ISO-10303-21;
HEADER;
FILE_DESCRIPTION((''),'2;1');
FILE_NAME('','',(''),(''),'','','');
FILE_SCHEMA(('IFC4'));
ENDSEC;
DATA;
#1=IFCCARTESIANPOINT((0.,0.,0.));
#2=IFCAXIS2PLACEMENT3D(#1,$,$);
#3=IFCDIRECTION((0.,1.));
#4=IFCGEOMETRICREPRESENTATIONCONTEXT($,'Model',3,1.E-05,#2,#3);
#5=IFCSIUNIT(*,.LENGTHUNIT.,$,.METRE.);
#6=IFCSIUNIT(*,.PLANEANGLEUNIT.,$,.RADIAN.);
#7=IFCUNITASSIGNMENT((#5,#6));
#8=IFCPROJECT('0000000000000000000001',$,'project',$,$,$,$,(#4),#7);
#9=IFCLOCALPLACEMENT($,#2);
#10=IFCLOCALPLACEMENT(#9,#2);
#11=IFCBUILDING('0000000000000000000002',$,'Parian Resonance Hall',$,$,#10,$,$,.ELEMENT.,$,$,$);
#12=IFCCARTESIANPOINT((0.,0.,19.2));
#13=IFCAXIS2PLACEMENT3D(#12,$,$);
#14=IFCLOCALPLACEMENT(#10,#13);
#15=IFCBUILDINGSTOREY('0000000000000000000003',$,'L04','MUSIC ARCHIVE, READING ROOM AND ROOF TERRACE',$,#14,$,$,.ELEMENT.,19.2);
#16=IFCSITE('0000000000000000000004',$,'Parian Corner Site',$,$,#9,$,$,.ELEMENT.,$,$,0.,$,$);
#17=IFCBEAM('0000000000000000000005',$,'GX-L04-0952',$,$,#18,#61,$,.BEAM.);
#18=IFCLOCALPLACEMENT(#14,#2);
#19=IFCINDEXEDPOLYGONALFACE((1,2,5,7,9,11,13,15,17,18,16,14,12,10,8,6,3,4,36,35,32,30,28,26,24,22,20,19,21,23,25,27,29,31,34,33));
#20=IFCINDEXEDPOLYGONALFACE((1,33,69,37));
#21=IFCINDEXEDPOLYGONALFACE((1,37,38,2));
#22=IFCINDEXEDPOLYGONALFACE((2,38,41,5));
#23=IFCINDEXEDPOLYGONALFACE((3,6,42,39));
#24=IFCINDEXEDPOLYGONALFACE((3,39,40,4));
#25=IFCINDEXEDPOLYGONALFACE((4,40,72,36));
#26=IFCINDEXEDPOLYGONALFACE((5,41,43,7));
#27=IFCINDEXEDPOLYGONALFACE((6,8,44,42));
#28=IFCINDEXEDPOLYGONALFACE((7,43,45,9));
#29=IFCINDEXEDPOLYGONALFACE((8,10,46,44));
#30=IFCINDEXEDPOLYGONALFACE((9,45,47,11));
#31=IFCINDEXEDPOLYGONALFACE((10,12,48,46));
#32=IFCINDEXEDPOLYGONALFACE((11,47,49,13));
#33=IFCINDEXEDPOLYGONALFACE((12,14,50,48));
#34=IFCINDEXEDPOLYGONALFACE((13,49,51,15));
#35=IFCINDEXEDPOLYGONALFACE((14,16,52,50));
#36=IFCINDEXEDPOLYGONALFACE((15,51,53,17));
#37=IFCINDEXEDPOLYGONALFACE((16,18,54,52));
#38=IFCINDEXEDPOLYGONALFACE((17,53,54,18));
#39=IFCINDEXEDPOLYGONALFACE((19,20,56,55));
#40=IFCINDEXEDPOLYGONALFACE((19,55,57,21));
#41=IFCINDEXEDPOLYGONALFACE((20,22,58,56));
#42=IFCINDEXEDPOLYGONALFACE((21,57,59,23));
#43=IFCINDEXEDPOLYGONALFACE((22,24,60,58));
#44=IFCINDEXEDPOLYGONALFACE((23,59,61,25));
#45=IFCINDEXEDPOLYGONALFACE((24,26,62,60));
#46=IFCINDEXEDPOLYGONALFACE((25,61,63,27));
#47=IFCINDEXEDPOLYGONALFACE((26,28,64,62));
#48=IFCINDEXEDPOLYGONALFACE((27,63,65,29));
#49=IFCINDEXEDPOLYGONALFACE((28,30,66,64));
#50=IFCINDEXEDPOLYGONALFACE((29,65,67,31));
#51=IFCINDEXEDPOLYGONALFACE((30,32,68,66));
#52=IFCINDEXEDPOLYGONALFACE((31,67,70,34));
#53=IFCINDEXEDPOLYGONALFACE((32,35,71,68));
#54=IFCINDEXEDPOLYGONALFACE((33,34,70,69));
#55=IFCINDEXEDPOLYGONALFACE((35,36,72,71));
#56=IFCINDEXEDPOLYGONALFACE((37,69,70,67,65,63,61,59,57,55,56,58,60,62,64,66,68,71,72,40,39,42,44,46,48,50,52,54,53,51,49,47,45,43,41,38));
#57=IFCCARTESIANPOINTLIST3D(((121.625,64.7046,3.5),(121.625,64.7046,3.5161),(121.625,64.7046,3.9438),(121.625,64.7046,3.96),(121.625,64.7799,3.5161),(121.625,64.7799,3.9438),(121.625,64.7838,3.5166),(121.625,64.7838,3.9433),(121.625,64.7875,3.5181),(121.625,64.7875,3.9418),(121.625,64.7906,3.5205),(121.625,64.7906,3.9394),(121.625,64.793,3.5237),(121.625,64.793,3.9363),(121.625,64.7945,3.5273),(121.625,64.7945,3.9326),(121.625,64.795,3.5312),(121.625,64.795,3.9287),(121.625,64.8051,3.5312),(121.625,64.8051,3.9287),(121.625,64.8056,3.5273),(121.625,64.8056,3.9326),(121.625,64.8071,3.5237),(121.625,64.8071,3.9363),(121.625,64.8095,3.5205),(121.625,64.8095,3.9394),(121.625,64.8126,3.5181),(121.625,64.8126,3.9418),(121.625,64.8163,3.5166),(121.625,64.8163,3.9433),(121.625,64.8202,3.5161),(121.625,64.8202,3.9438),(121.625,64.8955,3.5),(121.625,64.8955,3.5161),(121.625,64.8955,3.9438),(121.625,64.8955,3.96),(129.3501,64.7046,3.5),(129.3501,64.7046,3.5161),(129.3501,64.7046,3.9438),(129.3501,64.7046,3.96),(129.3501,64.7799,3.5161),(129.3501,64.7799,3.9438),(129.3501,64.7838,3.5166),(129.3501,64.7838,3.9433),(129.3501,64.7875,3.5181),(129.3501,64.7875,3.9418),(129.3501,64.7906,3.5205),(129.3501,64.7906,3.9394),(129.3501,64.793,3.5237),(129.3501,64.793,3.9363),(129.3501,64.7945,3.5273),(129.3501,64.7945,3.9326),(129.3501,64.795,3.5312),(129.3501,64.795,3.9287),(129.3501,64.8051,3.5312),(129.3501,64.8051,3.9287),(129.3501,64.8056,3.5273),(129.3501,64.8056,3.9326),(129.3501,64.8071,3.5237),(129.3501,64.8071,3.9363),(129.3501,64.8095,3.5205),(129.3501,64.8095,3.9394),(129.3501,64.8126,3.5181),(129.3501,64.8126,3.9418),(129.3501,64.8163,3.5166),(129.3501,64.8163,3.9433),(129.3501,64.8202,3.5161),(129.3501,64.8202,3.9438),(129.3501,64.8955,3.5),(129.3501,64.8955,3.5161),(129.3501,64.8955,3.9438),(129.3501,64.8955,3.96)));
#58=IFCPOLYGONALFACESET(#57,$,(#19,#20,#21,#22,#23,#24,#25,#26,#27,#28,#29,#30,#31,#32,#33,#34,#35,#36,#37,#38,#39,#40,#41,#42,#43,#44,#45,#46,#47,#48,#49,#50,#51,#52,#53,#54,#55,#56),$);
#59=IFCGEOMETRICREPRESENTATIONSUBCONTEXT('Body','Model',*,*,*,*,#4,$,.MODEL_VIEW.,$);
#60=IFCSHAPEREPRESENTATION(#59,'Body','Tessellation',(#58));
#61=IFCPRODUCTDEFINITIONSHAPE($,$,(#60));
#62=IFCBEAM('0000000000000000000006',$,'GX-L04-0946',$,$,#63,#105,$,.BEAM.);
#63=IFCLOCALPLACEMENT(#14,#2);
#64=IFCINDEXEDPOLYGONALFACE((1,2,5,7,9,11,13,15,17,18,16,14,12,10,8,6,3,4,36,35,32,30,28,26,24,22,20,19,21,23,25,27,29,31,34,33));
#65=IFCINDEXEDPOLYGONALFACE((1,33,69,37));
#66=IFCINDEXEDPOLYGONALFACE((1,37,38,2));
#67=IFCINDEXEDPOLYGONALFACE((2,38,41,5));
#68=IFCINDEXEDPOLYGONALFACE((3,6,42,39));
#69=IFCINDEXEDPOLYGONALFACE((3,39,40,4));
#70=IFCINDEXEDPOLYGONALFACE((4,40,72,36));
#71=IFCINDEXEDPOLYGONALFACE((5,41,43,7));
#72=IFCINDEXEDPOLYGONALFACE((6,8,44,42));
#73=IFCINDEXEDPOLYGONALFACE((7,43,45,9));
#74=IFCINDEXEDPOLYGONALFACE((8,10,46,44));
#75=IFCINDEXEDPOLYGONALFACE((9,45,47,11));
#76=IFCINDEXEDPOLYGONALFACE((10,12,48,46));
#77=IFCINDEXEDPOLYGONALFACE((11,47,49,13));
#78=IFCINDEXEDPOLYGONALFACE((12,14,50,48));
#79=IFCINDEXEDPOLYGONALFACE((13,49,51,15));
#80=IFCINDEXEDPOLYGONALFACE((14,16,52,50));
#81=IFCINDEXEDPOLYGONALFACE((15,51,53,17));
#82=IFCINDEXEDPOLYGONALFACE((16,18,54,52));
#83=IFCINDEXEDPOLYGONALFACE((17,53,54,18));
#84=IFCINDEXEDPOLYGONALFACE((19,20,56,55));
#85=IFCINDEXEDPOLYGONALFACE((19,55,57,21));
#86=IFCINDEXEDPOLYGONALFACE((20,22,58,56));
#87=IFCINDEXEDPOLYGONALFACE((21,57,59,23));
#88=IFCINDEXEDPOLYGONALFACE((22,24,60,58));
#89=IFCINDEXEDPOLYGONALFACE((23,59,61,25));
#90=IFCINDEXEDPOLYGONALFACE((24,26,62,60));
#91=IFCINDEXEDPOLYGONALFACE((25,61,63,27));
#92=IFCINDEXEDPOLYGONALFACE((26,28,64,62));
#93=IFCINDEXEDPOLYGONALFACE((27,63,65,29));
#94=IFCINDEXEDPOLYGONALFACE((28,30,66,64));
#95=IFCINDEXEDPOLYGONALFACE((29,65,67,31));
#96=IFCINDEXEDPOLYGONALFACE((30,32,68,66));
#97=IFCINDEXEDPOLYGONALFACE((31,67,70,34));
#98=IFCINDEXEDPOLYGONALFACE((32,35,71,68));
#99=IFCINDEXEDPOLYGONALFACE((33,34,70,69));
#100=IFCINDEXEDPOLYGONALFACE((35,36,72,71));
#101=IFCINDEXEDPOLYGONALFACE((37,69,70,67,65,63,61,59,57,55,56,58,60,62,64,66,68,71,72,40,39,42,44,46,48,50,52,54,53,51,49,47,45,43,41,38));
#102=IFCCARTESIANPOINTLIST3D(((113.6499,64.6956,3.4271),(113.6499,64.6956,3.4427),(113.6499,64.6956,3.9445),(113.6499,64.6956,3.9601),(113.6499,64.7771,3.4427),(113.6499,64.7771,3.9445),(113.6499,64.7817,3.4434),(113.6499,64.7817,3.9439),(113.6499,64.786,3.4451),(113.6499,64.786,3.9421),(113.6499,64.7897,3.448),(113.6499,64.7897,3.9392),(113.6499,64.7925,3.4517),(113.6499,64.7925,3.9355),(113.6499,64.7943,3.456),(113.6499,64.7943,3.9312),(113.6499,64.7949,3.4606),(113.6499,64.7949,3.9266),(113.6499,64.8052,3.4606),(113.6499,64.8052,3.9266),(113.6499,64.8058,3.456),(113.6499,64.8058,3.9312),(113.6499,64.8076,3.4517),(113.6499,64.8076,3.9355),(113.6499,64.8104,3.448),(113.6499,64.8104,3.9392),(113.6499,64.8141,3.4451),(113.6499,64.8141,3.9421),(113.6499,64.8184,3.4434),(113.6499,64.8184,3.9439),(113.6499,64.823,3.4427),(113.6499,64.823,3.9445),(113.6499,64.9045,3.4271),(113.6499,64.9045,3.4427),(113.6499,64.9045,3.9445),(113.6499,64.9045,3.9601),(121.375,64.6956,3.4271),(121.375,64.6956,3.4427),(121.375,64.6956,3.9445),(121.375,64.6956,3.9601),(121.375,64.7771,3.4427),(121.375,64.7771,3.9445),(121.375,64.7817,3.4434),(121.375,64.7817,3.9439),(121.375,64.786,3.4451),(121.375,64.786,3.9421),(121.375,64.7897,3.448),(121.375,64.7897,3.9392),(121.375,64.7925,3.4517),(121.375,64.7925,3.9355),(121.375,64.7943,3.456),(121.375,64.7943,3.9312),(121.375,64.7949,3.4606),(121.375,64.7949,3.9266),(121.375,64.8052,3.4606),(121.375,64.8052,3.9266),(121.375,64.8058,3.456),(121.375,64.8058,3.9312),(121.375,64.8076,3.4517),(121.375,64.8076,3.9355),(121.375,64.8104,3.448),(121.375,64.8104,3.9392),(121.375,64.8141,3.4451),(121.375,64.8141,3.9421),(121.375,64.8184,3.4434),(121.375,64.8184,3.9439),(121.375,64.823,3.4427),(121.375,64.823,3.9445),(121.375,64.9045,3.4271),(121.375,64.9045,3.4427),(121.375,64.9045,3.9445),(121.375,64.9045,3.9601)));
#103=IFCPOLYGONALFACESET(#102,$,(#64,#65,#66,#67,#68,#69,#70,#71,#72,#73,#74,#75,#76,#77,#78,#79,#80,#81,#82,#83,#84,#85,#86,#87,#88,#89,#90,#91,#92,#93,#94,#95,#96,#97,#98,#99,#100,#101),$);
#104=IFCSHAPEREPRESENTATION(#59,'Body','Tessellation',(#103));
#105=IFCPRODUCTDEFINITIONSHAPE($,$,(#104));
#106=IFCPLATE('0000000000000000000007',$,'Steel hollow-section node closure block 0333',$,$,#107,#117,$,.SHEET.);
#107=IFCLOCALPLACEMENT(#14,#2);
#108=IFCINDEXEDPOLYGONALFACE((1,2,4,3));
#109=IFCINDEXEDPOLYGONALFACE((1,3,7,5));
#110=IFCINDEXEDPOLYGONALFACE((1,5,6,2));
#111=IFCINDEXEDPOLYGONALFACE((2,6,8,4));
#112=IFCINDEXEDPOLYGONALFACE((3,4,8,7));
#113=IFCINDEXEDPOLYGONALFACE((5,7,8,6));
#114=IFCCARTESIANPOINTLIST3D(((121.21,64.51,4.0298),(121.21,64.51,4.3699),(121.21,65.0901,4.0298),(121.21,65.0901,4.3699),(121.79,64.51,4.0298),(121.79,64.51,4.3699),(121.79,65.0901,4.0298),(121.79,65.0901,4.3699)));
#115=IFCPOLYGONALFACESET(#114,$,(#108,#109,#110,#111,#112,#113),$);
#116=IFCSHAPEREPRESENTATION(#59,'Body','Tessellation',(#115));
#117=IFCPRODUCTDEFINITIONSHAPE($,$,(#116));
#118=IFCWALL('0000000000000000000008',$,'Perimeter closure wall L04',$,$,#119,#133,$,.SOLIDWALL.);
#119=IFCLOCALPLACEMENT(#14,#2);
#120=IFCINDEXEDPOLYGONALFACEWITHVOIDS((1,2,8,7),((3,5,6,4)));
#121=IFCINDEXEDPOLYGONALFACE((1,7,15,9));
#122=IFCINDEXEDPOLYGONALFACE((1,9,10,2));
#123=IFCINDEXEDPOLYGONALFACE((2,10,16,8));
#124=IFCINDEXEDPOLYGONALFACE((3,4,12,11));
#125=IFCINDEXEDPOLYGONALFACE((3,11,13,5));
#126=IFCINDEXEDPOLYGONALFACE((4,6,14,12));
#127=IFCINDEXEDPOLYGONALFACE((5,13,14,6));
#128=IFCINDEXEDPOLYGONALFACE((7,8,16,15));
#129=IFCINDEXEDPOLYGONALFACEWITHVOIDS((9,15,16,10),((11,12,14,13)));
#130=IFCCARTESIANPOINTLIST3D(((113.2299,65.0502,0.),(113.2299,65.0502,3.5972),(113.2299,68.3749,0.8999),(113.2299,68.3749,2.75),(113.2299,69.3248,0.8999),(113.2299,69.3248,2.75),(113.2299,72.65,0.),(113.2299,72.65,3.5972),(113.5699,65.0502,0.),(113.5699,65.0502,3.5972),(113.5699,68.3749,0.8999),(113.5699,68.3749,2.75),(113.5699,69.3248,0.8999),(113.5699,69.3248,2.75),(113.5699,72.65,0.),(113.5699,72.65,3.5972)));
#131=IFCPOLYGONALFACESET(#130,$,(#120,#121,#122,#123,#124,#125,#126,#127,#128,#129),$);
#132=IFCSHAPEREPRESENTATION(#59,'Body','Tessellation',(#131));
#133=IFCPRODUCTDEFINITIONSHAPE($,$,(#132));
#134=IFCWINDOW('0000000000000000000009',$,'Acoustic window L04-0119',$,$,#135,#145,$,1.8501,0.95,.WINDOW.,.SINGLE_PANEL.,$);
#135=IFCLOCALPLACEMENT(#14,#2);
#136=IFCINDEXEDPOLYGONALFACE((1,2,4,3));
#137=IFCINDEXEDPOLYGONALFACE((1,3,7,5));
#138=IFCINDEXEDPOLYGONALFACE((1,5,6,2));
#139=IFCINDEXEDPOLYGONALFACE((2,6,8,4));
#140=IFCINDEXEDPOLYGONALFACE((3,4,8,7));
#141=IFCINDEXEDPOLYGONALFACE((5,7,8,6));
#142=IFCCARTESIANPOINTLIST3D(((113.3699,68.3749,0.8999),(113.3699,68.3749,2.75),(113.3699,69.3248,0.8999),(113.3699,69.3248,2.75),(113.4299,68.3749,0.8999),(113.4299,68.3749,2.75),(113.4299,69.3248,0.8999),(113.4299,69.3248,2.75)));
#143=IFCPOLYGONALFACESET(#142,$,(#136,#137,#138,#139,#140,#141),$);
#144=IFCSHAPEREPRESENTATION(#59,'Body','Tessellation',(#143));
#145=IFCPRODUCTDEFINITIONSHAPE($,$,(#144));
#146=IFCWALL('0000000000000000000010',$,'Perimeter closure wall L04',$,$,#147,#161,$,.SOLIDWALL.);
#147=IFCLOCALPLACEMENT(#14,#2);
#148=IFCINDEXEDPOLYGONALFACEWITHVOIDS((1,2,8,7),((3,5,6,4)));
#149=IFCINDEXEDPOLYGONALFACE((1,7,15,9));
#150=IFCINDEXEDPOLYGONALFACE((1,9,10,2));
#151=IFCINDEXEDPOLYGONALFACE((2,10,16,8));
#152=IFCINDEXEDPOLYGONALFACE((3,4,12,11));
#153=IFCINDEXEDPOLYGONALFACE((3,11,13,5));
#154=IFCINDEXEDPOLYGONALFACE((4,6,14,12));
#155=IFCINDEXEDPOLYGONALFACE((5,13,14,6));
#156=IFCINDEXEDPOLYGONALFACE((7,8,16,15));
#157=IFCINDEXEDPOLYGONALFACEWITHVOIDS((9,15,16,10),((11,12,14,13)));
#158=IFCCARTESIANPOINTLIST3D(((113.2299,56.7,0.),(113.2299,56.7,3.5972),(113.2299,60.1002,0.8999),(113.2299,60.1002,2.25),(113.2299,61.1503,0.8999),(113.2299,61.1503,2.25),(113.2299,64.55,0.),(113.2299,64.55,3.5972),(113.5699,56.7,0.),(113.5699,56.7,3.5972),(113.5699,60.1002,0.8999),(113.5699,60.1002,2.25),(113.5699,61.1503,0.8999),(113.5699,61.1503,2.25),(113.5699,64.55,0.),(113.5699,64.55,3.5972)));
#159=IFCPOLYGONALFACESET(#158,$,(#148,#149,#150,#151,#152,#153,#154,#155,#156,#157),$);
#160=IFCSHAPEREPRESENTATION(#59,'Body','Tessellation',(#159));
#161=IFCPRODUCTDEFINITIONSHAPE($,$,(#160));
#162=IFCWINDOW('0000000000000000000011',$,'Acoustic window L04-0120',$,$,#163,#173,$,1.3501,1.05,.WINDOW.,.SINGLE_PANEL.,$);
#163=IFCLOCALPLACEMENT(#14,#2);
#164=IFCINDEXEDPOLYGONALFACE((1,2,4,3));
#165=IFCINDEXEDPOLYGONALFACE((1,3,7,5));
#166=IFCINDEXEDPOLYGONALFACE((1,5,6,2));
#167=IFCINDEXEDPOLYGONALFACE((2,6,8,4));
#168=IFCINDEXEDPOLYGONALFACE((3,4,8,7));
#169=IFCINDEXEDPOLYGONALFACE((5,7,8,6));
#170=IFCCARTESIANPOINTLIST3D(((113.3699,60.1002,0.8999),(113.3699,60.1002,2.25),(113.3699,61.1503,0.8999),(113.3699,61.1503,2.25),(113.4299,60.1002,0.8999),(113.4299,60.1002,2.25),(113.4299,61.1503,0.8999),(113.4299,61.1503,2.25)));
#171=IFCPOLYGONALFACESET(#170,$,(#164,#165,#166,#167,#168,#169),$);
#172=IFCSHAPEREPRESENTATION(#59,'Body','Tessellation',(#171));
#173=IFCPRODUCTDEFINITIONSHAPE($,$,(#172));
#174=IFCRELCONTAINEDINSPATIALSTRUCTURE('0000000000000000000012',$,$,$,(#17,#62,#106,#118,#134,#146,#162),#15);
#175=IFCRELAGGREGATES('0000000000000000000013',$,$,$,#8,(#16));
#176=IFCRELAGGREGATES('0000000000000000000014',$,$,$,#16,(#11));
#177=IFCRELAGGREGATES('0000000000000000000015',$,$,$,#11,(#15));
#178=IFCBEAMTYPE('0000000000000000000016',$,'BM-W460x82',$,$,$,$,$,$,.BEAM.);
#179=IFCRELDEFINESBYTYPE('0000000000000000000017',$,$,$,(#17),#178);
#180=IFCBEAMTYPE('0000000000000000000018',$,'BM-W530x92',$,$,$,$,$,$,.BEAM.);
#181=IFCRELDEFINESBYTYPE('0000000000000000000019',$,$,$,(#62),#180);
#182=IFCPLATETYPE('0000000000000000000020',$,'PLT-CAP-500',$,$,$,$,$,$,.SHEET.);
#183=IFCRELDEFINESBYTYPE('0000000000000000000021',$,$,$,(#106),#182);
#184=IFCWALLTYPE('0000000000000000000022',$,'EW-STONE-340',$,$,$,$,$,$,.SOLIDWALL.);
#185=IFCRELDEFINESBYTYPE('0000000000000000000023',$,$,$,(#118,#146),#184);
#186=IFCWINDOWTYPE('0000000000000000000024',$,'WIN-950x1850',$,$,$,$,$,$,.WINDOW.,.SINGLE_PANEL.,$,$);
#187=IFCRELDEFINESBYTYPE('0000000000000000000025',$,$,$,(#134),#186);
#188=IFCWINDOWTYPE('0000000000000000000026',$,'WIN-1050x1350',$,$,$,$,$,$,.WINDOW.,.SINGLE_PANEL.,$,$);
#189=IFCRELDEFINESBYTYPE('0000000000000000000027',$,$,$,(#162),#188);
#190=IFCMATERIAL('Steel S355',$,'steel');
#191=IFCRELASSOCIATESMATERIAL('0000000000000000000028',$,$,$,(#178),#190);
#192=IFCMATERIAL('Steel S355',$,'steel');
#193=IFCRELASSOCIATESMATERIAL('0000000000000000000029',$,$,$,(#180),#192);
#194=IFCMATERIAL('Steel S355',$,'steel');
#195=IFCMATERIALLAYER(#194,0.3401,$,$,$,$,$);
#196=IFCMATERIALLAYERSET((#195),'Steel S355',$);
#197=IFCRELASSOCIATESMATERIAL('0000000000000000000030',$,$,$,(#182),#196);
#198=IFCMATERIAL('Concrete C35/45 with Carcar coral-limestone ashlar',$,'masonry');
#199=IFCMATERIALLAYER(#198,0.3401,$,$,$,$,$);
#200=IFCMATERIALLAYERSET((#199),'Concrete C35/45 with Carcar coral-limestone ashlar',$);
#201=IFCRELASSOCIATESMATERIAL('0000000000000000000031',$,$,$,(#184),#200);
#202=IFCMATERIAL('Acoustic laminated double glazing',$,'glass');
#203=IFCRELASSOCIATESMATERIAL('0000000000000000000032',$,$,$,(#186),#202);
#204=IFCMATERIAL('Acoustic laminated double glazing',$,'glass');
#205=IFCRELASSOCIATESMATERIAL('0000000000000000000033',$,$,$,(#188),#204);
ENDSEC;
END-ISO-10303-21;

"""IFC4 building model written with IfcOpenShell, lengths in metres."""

from ifc_helpers import new_model, si_unit, direction, frame, frame_2d, origin, origin_2d, place, context, subcontext, project, spatial, rectangle, i_section, extrude, material, layer, layer_set, material_profile, profile_set, type_object, element, fill, save


model = new_model("IFC4")

# Units and contexts
model_context = context("Model", 3, precision=1e-05, world=origin(), true_north=direction((0.0, 1.0)))
body_context = subcontext(model_context, "Body", "Model", "MODEL_VIEW")
ifc_project = project(units=[si_unit("LENGTHUNIT", "METRE"), si_unit("PLANEANGLEUNIT", "RADIAN")], contexts=[model_context])

# Site, building, storey
site_placement = place(None, origin())
site = spatial("IfcSite", under=ifc_project, at=site_placement, Name="Parian Corner Site", CompositionType="ELEMENT", RefElevation=0.0)
building_placement = place(site_placement, origin())
building = spatial("IfcBuilding", under=site, at=building_placement, Name="Parian Resonance Hall", CompositionType="ELEMENT")
storey_placement = place(building_placement, frame((0.0, 0.0, 19.2)))
storey = spatial("IfcBuildingStorey", under=building, at=storey_placement, Name="L04", Description="MUSIC ARCHIVE, READING ROOM AND ROOF TERRACE", CompositionType="ELEMENT", Elevation=19.2)

# Beams
ifc_material_1 = material(Name="Steel S355", Category="steel")
ifc_material_profile_1 = material_profile(ifc_material_1, i_section(OverallWidth=0.1909, OverallDepth=0.46, WebThickness=0.01, FlangeThickness=0.0161, FilletRadius=0.0151, at=origin_2d()), Name="W460x82")
ifc_profile_set_1 = profile_set([ifc_material_profile_1], Name="Steel S355")
beam_type_1 = type_object("IfcBeamType", Name="BM-W460x82", PredefinedType="BEAM", material=ifc_profile_set_1)
beam_1_placement = place(storey_placement, frame((121.625, 64.8, 3.73), z_axis=(1.0, 0.0, 0.0), x_axis=(0.0, 1.0, 0.0)))
element("IfcBeam", 1, at=beam_1_placement, inside=storey, type_object=beam_type_1, Name="GX-L04-0952", PredefinedType="BEAM", context=body_context, shape_type="SweptSolid", body=[
    extrude(i_section(OverallWidth=0.1909, OverallDepth=0.46, WebThickness=0.01, FlangeThickness=0.0161, FilletRadius=0.0151, at=origin_2d()), origin(), (0.0, 0.0, 1.0), 7.7251),
])
ifc_material_2 = material(Name="Steel S355", Category="steel")
ifc_material_profile_2 = material_profile(ifc_material_2, i_section(OverallWidth=0.209, OverallDepth=0.533, WebThickness=0.0103, FlangeThickness=0.0156, FilletRadius=0.0178, at=origin_2d()), Name="W530x92")
ifc_profile_set_2 = profile_set([ifc_material_profile_2], Name="Steel S355")
beam_type_2 = type_object("IfcBeamType", Name="BM-W530x92", PredefinedType="BEAM", material=ifc_profile_set_2)
beam_2_placement = place(storey_placement, frame((113.6499, 64.8, 3.6936), z_axis=(1.0, 0.0, 0.0), x_axis=(0.0, 1.0, 0.0)))
element("IfcBeam", 2, at=beam_2_placement, inside=storey, type_object=beam_type_2, Name="GX-L04-0946", PredefinedType="BEAM", context=body_context, shape_type="SweptSolid", body=[
    extrude(i_section(OverallWidth=0.209, OverallDepth=0.533, WebThickness=0.0103, FlangeThickness=0.0156, FilletRadius=0.0178, at=origin_2d()), origin(), (0.0, 0.0, 1.0), 7.7251),
])

# Plate
ifc_material_3 = material(Name="Steel S355", Category="steel")
ifc_layer_1 = layer(ifc_material_3, 0.3401)
ifc_layer_set_1 = layer_set([ifc_layer_1], Name="Steel S355")
plate_type = type_object("IfcPlateType", Name="PLT-CAP-500", PredefinedType="SHEET", material=ifc_layer_set_1)
plate_placement = place(storey_placement, frame((121.5, 64.8, 4.0298), z_axis=(0.0, 0.0, 1.0), x_axis=(1.0, 0.0, 0.0)))
element("IfcPlate", 3, at=plate_placement, inside=storey, type_object=plate_type, Name="Steel hollow-section node closure block 0333", PredefinedType="SHEET", context=body_context, shape_type="SweptSolid", body=[
    extrude(rectangle(XDim=0.5801, YDim=0.5801, at=origin_2d()), origin(), (0.0, 0.0, 1.0), 0.3401),
])

# Walls, openings, windows
ifc_material_4 = material(Name="Concrete C35/45 with Carcar coral-limestone ashlar", Category="masonry")
ifc_layer_2 = layer(ifc_material_4, 0.3401)
ifc_layer_set_2 = layer_set([ifc_layer_2], Name="Concrete C35/45 with Carcar coral-limestone ashlar")
wall_type_1 = type_object("IfcWallType", Name="EW-STONE-340", PredefinedType="SOLIDWALL", material=ifc_layer_set_2)
wall_1_placement = place(storey_placement, frame((113.3999, 72.6499, 0.0), z_axis=(0.0, 0.0, 1.0), x_axis=(0.0, -1.0, 0.0)))
wall_1 = element("IfcWall", 4, at=wall_1_placement, inside=storey, type_object=wall_type_1, Name="Perimeter closure wall L04", PredefinedType="SOLIDWALL", context=body_context, shape_type="SweptSolid", body=[
    extrude(rectangle(XDim=7.5999, YDim=0.3401, at=frame_2d((3.7998, 0.0))), origin(), (0.0, 0.0, 1.0), 3.5972),
])
opening_1_placement = place(wall_1_placement, frame((3.325, 0.0, 0.8999)))
opening_1 = element("IfcOpeningElement", 5, at=opening_1_placement, cuts=wall_1, PredefinedType="OPENING", context=body_context, shape_type="SweptSolid", body=[
    extrude(rectangle(XDim=0.95, YDim=1.8501, at=frame_2d((0.4751, 0.925))), frame((0.0, 0.1799, 0.0), z_axis=(0.0, -1.0, 0.0), x_axis=(1.0, 0.0, 0.0)), (0.0, 0.0, 1.0), 0.3601),
])
ifc_material_5 = material(Name="Acoustic laminated double glazing", Category="glass")
window_type_1 = type_object("IfcWindowType", Name="WIN-950x1850", PartitioningType="SINGLE_PANEL", PredefinedType="WINDOW", material=ifc_material_5)
window_1_placement = place(opening_1_placement, origin())
window_1 = element("IfcWindow", 6, at=window_1_placement, inside=storey, type_object=window_type_1, Name="Acoustic window L04-0119", OverallHeight=1.8501, OverallWidth=0.95, PartitioningType="SINGLE_PANEL", PredefinedType="WINDOW", context=body_context, shape_type="SweptSolid", body=[
    extrude(rectangle(XDim=0.95, YDim=1.8501, at=frame_2d((0.4751, 0.925))), frame((0.0, 0.03, 0.0), z_axis=(0.0, -1.0, 0.0), x_axis=(1.0, 0.0, 0.0)), (0.0, 0.0, 1.0), 0.0601),
])
fill(opening_1, window_1)
wall_2_placement = place(storey_placement, frame((113.3999, 64.55, 0.0), z_axis=(0.0, 0.0, 1.0), x_axis=(0.0, -1.0, 0.0)))
wall_2 = element("IfcWall", 7, at=wall_2_placement, inside=storey, type_object=wall_type_1, Name="Perimeter closure wall L04", PredefinedType="SOLIDWALL", context=body_context, shape_type="SweptSolid", body=[
    extrude(rectangle(XDim=7.8501, YDim=0.3401, at=frame_2d((3.925, 0.0))), origin(), (0.0, 0.0, 1.0), 3.5972),
])
opening_2_placement = place(wall_2_placement, frame((3.3999, 0.0, 0.8999)))
opening_2 = element("IfcOpeningElement", 8, at=opening_2_placement, cuts=wall_2, PredefinedType="OPENING", context=body_context, shape_type="SweptSolid", body=[
    extrude(rectangle(XDim=1.05, YDim=1.3501, at=frame_2d((0.5249, 0.675))), frame((0.0, 0.1799, 0.0), z_axis=(0.0, -1.0, 0.0), x_axis=(1.0, 0.0, 0.0)), (0.0, 0.0, 1.0), 0.3601),
])
ifc_material_6 = material(Name="Acoustic laminated double glazing", Category="glass")
window_type_2 = type_object("IfcWindowType", Name="WIN-1050x1350", PartitioningType="SINGLE_PANEL", PredefinedType="WINDOW", material=ifc_material_6)
window_2_placement = place(opening_2_placement, origin())
window_2 = element("IfcWindow", 9, at=window_2_placement, inside=storey, type_object=window_type_2, Name="Acoustic window L04-0120", OverallHeight=1.3501, OverallWidth=1.05, PartitioningType="SINGLE_PANEL", PredefinedType="WINDOW", context=body_context, shape_type="SweptSolid", body=[
    extrude(rectangle(XDim=1.05, YDim=1.3501, at=frame_2d((0.5249, 0.675))), frame((0.0, 0.03, 0.0), z_axis=(0.0, -1.0, 0.0), x_axis=(1.0, 0.0, 0.0)), (0.0, 0.0, 1.0), 0.0601),
])
fill(opening_2, window_2)

save(model, "model.ifc")
